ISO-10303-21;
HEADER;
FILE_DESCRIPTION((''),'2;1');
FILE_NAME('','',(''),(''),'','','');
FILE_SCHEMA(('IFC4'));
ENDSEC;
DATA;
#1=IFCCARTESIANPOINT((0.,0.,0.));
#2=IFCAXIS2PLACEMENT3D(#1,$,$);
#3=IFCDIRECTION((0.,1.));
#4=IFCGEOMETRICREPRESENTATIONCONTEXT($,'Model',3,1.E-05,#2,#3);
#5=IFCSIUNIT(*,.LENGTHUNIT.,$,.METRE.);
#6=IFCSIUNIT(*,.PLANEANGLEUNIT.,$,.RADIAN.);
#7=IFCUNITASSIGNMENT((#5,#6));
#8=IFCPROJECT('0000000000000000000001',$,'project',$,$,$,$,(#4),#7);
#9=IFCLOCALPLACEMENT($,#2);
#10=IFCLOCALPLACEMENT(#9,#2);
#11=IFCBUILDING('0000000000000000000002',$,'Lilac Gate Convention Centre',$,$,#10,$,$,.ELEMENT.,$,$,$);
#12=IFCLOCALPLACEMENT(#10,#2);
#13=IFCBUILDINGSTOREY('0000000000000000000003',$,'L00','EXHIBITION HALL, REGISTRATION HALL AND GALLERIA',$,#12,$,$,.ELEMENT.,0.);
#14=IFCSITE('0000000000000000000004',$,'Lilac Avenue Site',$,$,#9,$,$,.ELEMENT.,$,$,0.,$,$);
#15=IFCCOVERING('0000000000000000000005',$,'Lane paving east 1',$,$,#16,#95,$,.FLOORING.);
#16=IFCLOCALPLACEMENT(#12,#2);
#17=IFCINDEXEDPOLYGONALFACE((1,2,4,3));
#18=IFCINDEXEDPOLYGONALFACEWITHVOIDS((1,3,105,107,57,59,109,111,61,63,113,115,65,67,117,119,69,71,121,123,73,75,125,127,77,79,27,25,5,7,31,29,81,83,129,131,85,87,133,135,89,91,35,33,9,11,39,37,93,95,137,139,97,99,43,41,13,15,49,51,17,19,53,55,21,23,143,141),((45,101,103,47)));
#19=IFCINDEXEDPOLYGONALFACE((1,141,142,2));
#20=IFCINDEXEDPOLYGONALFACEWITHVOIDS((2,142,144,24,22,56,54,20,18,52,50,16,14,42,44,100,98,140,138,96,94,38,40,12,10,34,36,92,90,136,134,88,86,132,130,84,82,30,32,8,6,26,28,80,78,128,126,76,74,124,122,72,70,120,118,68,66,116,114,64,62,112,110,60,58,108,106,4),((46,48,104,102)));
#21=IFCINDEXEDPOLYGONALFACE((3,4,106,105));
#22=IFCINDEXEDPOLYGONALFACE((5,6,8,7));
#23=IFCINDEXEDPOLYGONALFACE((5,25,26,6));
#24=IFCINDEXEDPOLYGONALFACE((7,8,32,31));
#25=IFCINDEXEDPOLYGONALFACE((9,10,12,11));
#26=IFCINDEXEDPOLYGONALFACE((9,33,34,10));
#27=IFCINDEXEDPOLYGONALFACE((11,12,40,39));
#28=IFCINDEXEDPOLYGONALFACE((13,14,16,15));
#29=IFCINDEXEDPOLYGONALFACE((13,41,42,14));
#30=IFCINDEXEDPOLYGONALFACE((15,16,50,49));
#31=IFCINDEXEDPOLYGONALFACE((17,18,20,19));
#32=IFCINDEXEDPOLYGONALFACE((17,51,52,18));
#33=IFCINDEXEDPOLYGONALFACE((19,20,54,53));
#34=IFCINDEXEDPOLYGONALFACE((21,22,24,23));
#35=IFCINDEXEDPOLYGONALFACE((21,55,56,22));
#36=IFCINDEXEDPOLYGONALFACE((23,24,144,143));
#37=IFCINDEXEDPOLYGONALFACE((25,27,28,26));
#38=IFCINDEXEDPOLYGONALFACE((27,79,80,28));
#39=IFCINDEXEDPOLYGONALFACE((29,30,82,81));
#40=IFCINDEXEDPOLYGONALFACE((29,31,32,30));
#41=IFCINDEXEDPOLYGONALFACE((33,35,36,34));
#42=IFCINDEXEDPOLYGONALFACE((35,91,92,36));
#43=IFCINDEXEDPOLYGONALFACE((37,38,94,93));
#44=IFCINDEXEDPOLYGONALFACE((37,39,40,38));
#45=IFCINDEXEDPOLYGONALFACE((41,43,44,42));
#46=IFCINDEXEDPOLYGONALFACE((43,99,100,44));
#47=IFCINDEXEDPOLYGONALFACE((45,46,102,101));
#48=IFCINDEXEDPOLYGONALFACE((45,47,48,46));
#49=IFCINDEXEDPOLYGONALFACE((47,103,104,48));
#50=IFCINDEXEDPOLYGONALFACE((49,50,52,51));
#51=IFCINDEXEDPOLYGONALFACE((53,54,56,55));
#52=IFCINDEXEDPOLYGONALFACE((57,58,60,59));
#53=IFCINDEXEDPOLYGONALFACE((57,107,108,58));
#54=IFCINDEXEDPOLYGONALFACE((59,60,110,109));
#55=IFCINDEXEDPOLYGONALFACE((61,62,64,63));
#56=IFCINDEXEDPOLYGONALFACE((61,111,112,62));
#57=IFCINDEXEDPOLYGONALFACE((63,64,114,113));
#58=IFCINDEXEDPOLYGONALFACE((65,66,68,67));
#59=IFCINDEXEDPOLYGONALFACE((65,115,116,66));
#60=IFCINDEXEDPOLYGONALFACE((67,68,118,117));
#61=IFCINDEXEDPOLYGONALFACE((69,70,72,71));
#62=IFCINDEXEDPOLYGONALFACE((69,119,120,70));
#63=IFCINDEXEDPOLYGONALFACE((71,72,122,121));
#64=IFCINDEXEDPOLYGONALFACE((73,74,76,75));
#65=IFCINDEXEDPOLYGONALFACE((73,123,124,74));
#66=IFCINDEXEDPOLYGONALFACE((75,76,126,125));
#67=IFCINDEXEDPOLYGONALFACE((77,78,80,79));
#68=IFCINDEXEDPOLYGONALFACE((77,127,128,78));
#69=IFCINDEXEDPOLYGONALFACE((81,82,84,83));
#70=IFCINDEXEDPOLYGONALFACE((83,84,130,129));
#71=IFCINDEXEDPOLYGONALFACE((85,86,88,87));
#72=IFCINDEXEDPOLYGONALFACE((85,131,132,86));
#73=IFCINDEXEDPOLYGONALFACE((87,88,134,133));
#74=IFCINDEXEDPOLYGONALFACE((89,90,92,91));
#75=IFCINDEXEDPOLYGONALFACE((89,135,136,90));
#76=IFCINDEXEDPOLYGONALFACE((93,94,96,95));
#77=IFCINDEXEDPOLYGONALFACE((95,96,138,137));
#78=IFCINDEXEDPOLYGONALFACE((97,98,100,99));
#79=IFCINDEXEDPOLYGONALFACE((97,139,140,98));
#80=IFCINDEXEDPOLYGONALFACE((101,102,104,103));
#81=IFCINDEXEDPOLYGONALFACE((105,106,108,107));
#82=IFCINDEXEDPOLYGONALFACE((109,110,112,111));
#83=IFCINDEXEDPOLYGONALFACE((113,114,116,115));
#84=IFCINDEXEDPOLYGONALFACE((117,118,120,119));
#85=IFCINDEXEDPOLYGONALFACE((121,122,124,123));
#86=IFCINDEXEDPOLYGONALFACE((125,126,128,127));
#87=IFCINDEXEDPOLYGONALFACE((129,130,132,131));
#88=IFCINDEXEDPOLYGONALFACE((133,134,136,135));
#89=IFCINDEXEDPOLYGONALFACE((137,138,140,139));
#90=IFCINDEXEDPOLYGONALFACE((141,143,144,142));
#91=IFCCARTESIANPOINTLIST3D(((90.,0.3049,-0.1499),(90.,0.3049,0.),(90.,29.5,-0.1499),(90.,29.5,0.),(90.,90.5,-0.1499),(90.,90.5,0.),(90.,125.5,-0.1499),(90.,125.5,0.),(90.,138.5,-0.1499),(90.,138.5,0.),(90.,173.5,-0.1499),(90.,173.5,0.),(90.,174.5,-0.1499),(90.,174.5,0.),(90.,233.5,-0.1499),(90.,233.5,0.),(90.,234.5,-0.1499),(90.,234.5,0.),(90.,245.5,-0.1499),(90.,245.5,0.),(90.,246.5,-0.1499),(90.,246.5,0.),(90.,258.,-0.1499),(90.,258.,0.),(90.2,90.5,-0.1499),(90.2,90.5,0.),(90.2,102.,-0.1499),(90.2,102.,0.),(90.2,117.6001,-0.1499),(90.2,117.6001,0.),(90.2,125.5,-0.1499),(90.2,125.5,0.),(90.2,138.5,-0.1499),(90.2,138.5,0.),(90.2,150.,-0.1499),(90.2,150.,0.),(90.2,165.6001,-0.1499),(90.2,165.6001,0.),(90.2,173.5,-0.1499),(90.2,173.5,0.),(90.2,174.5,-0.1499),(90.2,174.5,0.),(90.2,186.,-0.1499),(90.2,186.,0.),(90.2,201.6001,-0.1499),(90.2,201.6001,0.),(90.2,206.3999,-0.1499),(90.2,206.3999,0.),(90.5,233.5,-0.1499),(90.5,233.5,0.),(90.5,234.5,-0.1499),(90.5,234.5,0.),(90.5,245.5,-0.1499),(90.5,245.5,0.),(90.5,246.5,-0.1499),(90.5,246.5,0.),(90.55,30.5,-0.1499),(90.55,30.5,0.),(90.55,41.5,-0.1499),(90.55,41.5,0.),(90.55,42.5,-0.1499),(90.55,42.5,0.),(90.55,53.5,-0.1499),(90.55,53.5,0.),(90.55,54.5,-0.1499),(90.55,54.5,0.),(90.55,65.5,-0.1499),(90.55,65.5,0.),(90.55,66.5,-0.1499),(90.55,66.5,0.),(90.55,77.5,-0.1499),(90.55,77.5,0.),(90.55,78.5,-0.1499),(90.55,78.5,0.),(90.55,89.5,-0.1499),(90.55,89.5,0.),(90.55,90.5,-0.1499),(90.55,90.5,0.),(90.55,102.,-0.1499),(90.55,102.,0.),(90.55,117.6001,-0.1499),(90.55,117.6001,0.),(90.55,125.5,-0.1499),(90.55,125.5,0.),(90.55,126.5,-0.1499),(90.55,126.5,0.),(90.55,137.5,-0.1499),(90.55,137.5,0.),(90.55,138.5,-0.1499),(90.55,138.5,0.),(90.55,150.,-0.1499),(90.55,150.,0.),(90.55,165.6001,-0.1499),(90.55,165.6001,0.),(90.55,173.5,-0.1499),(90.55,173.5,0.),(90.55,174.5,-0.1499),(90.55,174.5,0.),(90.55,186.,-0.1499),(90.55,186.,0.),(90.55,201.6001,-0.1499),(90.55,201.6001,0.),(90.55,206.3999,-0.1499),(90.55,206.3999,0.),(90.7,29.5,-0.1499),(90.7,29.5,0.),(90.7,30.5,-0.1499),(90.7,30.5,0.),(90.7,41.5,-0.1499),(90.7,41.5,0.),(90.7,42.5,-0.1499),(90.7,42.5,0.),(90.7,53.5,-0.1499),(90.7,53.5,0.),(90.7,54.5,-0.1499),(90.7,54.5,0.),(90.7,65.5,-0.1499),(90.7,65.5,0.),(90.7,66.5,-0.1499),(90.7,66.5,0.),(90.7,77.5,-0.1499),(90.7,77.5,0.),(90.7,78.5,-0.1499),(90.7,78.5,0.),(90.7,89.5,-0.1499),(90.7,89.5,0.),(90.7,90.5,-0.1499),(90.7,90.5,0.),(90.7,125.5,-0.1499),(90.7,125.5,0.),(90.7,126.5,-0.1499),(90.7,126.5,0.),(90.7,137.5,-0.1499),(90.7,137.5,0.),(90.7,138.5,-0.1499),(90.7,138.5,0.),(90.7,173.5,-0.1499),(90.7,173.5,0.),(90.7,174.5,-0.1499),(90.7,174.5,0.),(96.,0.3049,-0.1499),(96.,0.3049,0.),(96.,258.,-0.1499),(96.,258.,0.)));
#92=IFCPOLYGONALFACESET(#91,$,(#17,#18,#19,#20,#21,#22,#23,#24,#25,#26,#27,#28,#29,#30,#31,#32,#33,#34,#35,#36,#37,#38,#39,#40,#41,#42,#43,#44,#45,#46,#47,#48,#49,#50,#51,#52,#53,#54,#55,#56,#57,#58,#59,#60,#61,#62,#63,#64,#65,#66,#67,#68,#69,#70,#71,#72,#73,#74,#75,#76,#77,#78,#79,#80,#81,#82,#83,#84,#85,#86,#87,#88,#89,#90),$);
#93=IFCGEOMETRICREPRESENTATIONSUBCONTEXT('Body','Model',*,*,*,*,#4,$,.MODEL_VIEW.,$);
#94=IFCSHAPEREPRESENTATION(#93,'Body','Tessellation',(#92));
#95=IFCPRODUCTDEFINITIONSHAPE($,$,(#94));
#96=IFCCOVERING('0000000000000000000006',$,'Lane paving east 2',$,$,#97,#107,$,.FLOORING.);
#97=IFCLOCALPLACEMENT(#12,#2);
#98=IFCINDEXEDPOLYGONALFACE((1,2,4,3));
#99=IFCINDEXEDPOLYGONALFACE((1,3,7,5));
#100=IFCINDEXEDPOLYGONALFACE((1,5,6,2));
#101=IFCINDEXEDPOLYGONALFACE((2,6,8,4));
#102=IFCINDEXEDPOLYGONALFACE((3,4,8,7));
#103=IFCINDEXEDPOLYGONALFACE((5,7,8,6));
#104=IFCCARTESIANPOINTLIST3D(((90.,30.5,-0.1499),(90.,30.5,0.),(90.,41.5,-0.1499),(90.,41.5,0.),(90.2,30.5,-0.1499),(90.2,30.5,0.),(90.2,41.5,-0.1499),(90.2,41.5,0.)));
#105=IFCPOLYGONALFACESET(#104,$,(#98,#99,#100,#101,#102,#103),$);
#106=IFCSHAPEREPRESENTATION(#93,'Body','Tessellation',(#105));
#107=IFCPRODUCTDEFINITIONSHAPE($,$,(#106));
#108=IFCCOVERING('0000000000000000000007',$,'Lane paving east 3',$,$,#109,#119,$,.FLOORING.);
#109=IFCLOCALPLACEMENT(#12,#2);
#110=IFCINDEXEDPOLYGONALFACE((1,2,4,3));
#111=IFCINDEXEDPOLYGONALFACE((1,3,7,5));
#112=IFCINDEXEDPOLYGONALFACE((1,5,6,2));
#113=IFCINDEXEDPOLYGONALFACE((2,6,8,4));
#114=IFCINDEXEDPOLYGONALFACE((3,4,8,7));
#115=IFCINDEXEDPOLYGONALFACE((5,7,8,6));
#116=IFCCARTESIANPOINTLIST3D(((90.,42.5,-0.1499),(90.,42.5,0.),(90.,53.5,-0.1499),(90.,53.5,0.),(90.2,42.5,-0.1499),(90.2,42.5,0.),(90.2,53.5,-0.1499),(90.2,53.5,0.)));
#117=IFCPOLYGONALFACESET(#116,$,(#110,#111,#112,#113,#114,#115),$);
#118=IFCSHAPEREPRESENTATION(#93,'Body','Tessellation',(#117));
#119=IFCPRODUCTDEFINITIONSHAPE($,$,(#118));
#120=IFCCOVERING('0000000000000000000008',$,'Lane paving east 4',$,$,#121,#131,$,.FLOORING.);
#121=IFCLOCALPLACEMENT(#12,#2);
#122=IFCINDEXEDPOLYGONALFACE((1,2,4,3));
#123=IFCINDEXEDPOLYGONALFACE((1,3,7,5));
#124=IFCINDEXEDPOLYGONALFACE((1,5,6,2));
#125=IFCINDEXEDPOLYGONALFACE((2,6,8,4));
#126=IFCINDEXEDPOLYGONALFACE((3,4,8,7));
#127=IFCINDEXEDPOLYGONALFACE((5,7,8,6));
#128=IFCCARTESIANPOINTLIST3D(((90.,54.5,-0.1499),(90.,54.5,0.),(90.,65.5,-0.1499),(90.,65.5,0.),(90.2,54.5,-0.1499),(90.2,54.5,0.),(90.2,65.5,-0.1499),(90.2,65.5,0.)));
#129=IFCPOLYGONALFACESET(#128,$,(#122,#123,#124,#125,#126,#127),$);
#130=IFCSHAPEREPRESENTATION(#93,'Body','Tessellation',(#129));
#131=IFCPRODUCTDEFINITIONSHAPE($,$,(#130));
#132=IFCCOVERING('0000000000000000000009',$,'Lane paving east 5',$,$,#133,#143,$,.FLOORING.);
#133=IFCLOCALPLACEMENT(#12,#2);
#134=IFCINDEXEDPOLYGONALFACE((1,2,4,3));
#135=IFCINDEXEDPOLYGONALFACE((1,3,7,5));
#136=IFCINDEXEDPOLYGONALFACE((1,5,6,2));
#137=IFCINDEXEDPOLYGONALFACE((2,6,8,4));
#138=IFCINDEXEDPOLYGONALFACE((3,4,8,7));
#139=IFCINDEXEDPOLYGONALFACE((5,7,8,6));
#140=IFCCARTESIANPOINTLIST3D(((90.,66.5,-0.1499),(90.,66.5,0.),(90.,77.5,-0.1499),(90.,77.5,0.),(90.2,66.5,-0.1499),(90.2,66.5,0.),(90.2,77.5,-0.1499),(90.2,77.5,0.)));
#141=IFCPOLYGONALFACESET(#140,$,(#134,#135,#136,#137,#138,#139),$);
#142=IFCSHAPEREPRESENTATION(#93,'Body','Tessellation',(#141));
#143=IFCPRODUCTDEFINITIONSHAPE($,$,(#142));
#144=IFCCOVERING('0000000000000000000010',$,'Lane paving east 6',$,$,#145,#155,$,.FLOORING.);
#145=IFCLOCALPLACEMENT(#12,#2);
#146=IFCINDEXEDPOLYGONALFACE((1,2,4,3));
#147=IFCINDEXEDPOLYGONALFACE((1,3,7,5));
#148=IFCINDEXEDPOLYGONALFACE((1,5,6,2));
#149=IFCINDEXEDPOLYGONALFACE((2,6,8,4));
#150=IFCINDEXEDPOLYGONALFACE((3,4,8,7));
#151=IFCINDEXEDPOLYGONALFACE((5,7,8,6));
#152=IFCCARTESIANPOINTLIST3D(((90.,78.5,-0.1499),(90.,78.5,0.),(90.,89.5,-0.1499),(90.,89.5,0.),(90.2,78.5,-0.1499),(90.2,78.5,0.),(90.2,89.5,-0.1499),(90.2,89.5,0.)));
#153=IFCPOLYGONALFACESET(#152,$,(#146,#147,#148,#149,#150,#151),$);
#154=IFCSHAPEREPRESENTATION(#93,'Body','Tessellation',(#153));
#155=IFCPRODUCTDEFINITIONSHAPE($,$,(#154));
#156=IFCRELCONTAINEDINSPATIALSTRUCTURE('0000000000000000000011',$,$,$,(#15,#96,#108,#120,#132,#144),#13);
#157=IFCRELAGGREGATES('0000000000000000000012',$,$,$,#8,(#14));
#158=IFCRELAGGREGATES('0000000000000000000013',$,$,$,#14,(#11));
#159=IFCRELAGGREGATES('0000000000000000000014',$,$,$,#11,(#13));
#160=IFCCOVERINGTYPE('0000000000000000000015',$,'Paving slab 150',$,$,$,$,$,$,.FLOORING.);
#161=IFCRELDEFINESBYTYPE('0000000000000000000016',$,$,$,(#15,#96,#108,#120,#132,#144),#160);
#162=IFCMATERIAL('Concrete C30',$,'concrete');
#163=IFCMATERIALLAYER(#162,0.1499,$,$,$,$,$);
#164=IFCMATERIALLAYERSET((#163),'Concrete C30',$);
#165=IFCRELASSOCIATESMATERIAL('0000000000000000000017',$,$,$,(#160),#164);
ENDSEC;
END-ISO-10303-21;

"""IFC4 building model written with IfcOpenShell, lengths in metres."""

from ifc_helpers import new_model, si_unit, direction, frame, origin, place, context, subcontext, project, spatial, polyline, outline, extrude, material, layer, layer_set, type_object, element, save


model = new_model("IFC4")

# Units and contexts
model_context = context("Model", 3, precision=1e-05, world=origin(), true_north=direction((0.0, 1.0)))
body_context = subcontext(model_context, "Body", "Model", "MODEL_VIEW")
ifc_project = project(units=[si_unit("LENGTHUNIT", "METRE"), si_unit("PLANEANGLEUNIT", "RADIAN")], contexts=[model_context])

# Site, building, storey
site_placement = place(None, origin())
site = spatial("IfcSite", under=ifc_project, at=site_placement, Name="Lilac Avenue Site", CompositionType="ELEMENT", RefElevation=0.0)
building_placement = place(site_placement, origin())
building = spatial("IfcBuilding", under=site, at=building_placement, Name="Lilac Gate Convention Centre", CompositionType="ELEMENT")
storey_placement = place(building_placement, origin())
storey = spatial("IfcBuildingStorey", under=building, at=storey_placement, Name="L00", Description="EXHIBITION HALL, REGISTRATION HALL AND GALLERIA", CompositionType="ELEMENT", Elevation=0.0)

# Coverings
ifc_material_1 = material(Name="Concrete C30", Category="concrete")
ifc_layer_1 = layer(ifc_material_1, 0.1499)
ifc_layer_set_1 = layer_set([ifc_layer_1], Name="Concrete C30")
covering_type = type_object("IfcCoveringType", Name="Paving slab 150", PredefinedType="FLOORING", material=ifc_layer_set_1)
covering_1_placement = place(storey_placement, frame((0.0, 0.0, -0.1499)))
element("IfcCovering", 1, at=covering_1_placement, inside=storey, type_object=covering_type, Name="Lane paving east 1", PredefinedType="FLOORING", context=body_context, shape_type="SweptSolid", body=[
    extrude(outline(polyline([(90.0, 258.0), (96.0, 258.0), (96.0, 0.3049), (90.0, 0.3049), (90.0, 29.5), (90.7, 29.5), (90.7, 30.5), (90.55, 30.5), (90.55, 41.5), (90.7, 41.5), (90.7, 42.5), (90.55, 42.5), (90.55, 53.5), (90.7, 53.5), (90.7, 54.5), (90.55, 54.5), (90.55, 65.5), (90.7, 65.5), (90.7, 66.5), (90.55, 66.5), (90.55, 77.5), (90.7, 77.5), (90.7, 78.5), (90.55, 78.5), (90.55, 89.5), (90.7, 89.5), (90.7, 90.5), (90.55, 90.5), (90.55, 102.0), (90.2, 102.0), (90.2, 90.5), (90.0, 90.5), (90.0, 125.5), (90.2, 125.5), (90.2, 117.6001), (90.55, 117.6001), (90.55, 125.5), (90.7, 125.5), (90.7, 126.5), (90.55, 126.5), (90.55, 137.5), (90.7, 137.5), (90.7, 138.5), (90.55, 138.5), (90.55, 150.0), (90.2, 150.0), (90.2, 138.5), (90.0, 138.5), (90.0, 173.5), (90.2, 173.5), (90.2, 165.6001), (90.55, 165.6001), (90.55, 173.5), (90.7, 173.5), (90.7, 174.5), (90.55, 174.5), (90.55, 186.0), (90.2, 186.0), (90.2, 174.5), (90.0, 174.5), (90.0, 233.5), (90.5, 233.5), (90.5, 234.5), (90.0, 234.5), (90.0, 245.5), (90.5, 245.5), (90.5, 246.5), (90.0, 246.5), (90.0, 258.0)]), holes=[polyline([(90.55, 201.6001), (90.55, 206.3999), (90.2, 206.3999), (90.2, 201.6001), (90.55, 201.6001)])]), origin(), (0.0, 0.0, 1.0), 0.1499),
])
covering_2_placement = place(storey_placement, frame((0.0, 0.0, -0.1499)))
element("IfcCovering", 2, at=covering_2_placement, inside=storey, type_object=covering_type, Name="Lane paving east 2", PredefinedType="FLOORING", context=body_context, shape_type="SweptSolid", body=[
    extrude(outline(polyline([(90.0, 41.5), (90.2, 41.5), (90.2, 30.5), (90.0, 30.5), (90.0, 41.5)])), origin(), (0.0, 0.0, 1.0), 0.1499),
])
covering_3_placement = place(storey_placement, frame((0.0, 0.0, -0.1499)))
element("IfcCovering", 3, at=covering_3_placement, inside=storey, type_object=covering_type, Name="Lane paving east 3", PredefinedType="FLOORING", context=body_context, shape_type="SweptSolid", body=[
    extrude(outline(polyline([(90.0, 53.5), (90.2, 53.5), (90.2, 42.5), (90.0, 42.5), (90.0, 53.5)])), origin(), (0.0, 0.0, 1.0), 0.1499),
])
covering_4_placement = place(storey_placement, frame((0.0, 0.0, -0.1499)))
element("IfcCovering", 4, at=covering_4_placement, inside=storey, type_object=covering_type, Name="Lane paving east 4", PredefinedType="FLOORING", context=body_context, shape_type="SweptSolid", body=[
    extrude(outline(polyline([(90.0, 65.5), (90.2, 65.5), (90.2, 54.5), (90.0, 54.5), (90.0, 65.5)])), origin(), (0.0, 0.0, 1.0), 0.1499),
])
covering_5_placement = place(storey_placement, frame((0.0, 0.0, -0.1499)))
element("IfcCovering", 5, at=covering_5_placement, inside=storey, type_object=covering_type, Name="Lane paving east 5", PredefinedType="FLOORING", context=body_context, shape_type="SweptSolid", body=[
    extrude(outline(polyline([(90.0, 77.5), (90.2, 77.5), (90.2, 66.5), (90.0, 66.5), (90.0, 77.5)])), origin(), (0.0, 0.0, 1.0), 0.1499),
])
covering_6_placement = place(storey_placement, frame((0.0, 0.0, -0.1499)))
element("IfcCovering", 6, at=covering_6_placement, inside=storey, type_object=covering_type, Name="Lane paving east 6", PredefinedType="FLOORING", context=body_context, shape_type="SweptSolid", body=[
    extrude(outline(polyline([(90.0, 89.5), (90.2, 89.5), (90.2, 78.5), (90.0, 78.5), (90.0, 89.5)])), origin(), (0.0, 0.0, 1.0), 0.1499),
])

save(model, "model.ifc")
